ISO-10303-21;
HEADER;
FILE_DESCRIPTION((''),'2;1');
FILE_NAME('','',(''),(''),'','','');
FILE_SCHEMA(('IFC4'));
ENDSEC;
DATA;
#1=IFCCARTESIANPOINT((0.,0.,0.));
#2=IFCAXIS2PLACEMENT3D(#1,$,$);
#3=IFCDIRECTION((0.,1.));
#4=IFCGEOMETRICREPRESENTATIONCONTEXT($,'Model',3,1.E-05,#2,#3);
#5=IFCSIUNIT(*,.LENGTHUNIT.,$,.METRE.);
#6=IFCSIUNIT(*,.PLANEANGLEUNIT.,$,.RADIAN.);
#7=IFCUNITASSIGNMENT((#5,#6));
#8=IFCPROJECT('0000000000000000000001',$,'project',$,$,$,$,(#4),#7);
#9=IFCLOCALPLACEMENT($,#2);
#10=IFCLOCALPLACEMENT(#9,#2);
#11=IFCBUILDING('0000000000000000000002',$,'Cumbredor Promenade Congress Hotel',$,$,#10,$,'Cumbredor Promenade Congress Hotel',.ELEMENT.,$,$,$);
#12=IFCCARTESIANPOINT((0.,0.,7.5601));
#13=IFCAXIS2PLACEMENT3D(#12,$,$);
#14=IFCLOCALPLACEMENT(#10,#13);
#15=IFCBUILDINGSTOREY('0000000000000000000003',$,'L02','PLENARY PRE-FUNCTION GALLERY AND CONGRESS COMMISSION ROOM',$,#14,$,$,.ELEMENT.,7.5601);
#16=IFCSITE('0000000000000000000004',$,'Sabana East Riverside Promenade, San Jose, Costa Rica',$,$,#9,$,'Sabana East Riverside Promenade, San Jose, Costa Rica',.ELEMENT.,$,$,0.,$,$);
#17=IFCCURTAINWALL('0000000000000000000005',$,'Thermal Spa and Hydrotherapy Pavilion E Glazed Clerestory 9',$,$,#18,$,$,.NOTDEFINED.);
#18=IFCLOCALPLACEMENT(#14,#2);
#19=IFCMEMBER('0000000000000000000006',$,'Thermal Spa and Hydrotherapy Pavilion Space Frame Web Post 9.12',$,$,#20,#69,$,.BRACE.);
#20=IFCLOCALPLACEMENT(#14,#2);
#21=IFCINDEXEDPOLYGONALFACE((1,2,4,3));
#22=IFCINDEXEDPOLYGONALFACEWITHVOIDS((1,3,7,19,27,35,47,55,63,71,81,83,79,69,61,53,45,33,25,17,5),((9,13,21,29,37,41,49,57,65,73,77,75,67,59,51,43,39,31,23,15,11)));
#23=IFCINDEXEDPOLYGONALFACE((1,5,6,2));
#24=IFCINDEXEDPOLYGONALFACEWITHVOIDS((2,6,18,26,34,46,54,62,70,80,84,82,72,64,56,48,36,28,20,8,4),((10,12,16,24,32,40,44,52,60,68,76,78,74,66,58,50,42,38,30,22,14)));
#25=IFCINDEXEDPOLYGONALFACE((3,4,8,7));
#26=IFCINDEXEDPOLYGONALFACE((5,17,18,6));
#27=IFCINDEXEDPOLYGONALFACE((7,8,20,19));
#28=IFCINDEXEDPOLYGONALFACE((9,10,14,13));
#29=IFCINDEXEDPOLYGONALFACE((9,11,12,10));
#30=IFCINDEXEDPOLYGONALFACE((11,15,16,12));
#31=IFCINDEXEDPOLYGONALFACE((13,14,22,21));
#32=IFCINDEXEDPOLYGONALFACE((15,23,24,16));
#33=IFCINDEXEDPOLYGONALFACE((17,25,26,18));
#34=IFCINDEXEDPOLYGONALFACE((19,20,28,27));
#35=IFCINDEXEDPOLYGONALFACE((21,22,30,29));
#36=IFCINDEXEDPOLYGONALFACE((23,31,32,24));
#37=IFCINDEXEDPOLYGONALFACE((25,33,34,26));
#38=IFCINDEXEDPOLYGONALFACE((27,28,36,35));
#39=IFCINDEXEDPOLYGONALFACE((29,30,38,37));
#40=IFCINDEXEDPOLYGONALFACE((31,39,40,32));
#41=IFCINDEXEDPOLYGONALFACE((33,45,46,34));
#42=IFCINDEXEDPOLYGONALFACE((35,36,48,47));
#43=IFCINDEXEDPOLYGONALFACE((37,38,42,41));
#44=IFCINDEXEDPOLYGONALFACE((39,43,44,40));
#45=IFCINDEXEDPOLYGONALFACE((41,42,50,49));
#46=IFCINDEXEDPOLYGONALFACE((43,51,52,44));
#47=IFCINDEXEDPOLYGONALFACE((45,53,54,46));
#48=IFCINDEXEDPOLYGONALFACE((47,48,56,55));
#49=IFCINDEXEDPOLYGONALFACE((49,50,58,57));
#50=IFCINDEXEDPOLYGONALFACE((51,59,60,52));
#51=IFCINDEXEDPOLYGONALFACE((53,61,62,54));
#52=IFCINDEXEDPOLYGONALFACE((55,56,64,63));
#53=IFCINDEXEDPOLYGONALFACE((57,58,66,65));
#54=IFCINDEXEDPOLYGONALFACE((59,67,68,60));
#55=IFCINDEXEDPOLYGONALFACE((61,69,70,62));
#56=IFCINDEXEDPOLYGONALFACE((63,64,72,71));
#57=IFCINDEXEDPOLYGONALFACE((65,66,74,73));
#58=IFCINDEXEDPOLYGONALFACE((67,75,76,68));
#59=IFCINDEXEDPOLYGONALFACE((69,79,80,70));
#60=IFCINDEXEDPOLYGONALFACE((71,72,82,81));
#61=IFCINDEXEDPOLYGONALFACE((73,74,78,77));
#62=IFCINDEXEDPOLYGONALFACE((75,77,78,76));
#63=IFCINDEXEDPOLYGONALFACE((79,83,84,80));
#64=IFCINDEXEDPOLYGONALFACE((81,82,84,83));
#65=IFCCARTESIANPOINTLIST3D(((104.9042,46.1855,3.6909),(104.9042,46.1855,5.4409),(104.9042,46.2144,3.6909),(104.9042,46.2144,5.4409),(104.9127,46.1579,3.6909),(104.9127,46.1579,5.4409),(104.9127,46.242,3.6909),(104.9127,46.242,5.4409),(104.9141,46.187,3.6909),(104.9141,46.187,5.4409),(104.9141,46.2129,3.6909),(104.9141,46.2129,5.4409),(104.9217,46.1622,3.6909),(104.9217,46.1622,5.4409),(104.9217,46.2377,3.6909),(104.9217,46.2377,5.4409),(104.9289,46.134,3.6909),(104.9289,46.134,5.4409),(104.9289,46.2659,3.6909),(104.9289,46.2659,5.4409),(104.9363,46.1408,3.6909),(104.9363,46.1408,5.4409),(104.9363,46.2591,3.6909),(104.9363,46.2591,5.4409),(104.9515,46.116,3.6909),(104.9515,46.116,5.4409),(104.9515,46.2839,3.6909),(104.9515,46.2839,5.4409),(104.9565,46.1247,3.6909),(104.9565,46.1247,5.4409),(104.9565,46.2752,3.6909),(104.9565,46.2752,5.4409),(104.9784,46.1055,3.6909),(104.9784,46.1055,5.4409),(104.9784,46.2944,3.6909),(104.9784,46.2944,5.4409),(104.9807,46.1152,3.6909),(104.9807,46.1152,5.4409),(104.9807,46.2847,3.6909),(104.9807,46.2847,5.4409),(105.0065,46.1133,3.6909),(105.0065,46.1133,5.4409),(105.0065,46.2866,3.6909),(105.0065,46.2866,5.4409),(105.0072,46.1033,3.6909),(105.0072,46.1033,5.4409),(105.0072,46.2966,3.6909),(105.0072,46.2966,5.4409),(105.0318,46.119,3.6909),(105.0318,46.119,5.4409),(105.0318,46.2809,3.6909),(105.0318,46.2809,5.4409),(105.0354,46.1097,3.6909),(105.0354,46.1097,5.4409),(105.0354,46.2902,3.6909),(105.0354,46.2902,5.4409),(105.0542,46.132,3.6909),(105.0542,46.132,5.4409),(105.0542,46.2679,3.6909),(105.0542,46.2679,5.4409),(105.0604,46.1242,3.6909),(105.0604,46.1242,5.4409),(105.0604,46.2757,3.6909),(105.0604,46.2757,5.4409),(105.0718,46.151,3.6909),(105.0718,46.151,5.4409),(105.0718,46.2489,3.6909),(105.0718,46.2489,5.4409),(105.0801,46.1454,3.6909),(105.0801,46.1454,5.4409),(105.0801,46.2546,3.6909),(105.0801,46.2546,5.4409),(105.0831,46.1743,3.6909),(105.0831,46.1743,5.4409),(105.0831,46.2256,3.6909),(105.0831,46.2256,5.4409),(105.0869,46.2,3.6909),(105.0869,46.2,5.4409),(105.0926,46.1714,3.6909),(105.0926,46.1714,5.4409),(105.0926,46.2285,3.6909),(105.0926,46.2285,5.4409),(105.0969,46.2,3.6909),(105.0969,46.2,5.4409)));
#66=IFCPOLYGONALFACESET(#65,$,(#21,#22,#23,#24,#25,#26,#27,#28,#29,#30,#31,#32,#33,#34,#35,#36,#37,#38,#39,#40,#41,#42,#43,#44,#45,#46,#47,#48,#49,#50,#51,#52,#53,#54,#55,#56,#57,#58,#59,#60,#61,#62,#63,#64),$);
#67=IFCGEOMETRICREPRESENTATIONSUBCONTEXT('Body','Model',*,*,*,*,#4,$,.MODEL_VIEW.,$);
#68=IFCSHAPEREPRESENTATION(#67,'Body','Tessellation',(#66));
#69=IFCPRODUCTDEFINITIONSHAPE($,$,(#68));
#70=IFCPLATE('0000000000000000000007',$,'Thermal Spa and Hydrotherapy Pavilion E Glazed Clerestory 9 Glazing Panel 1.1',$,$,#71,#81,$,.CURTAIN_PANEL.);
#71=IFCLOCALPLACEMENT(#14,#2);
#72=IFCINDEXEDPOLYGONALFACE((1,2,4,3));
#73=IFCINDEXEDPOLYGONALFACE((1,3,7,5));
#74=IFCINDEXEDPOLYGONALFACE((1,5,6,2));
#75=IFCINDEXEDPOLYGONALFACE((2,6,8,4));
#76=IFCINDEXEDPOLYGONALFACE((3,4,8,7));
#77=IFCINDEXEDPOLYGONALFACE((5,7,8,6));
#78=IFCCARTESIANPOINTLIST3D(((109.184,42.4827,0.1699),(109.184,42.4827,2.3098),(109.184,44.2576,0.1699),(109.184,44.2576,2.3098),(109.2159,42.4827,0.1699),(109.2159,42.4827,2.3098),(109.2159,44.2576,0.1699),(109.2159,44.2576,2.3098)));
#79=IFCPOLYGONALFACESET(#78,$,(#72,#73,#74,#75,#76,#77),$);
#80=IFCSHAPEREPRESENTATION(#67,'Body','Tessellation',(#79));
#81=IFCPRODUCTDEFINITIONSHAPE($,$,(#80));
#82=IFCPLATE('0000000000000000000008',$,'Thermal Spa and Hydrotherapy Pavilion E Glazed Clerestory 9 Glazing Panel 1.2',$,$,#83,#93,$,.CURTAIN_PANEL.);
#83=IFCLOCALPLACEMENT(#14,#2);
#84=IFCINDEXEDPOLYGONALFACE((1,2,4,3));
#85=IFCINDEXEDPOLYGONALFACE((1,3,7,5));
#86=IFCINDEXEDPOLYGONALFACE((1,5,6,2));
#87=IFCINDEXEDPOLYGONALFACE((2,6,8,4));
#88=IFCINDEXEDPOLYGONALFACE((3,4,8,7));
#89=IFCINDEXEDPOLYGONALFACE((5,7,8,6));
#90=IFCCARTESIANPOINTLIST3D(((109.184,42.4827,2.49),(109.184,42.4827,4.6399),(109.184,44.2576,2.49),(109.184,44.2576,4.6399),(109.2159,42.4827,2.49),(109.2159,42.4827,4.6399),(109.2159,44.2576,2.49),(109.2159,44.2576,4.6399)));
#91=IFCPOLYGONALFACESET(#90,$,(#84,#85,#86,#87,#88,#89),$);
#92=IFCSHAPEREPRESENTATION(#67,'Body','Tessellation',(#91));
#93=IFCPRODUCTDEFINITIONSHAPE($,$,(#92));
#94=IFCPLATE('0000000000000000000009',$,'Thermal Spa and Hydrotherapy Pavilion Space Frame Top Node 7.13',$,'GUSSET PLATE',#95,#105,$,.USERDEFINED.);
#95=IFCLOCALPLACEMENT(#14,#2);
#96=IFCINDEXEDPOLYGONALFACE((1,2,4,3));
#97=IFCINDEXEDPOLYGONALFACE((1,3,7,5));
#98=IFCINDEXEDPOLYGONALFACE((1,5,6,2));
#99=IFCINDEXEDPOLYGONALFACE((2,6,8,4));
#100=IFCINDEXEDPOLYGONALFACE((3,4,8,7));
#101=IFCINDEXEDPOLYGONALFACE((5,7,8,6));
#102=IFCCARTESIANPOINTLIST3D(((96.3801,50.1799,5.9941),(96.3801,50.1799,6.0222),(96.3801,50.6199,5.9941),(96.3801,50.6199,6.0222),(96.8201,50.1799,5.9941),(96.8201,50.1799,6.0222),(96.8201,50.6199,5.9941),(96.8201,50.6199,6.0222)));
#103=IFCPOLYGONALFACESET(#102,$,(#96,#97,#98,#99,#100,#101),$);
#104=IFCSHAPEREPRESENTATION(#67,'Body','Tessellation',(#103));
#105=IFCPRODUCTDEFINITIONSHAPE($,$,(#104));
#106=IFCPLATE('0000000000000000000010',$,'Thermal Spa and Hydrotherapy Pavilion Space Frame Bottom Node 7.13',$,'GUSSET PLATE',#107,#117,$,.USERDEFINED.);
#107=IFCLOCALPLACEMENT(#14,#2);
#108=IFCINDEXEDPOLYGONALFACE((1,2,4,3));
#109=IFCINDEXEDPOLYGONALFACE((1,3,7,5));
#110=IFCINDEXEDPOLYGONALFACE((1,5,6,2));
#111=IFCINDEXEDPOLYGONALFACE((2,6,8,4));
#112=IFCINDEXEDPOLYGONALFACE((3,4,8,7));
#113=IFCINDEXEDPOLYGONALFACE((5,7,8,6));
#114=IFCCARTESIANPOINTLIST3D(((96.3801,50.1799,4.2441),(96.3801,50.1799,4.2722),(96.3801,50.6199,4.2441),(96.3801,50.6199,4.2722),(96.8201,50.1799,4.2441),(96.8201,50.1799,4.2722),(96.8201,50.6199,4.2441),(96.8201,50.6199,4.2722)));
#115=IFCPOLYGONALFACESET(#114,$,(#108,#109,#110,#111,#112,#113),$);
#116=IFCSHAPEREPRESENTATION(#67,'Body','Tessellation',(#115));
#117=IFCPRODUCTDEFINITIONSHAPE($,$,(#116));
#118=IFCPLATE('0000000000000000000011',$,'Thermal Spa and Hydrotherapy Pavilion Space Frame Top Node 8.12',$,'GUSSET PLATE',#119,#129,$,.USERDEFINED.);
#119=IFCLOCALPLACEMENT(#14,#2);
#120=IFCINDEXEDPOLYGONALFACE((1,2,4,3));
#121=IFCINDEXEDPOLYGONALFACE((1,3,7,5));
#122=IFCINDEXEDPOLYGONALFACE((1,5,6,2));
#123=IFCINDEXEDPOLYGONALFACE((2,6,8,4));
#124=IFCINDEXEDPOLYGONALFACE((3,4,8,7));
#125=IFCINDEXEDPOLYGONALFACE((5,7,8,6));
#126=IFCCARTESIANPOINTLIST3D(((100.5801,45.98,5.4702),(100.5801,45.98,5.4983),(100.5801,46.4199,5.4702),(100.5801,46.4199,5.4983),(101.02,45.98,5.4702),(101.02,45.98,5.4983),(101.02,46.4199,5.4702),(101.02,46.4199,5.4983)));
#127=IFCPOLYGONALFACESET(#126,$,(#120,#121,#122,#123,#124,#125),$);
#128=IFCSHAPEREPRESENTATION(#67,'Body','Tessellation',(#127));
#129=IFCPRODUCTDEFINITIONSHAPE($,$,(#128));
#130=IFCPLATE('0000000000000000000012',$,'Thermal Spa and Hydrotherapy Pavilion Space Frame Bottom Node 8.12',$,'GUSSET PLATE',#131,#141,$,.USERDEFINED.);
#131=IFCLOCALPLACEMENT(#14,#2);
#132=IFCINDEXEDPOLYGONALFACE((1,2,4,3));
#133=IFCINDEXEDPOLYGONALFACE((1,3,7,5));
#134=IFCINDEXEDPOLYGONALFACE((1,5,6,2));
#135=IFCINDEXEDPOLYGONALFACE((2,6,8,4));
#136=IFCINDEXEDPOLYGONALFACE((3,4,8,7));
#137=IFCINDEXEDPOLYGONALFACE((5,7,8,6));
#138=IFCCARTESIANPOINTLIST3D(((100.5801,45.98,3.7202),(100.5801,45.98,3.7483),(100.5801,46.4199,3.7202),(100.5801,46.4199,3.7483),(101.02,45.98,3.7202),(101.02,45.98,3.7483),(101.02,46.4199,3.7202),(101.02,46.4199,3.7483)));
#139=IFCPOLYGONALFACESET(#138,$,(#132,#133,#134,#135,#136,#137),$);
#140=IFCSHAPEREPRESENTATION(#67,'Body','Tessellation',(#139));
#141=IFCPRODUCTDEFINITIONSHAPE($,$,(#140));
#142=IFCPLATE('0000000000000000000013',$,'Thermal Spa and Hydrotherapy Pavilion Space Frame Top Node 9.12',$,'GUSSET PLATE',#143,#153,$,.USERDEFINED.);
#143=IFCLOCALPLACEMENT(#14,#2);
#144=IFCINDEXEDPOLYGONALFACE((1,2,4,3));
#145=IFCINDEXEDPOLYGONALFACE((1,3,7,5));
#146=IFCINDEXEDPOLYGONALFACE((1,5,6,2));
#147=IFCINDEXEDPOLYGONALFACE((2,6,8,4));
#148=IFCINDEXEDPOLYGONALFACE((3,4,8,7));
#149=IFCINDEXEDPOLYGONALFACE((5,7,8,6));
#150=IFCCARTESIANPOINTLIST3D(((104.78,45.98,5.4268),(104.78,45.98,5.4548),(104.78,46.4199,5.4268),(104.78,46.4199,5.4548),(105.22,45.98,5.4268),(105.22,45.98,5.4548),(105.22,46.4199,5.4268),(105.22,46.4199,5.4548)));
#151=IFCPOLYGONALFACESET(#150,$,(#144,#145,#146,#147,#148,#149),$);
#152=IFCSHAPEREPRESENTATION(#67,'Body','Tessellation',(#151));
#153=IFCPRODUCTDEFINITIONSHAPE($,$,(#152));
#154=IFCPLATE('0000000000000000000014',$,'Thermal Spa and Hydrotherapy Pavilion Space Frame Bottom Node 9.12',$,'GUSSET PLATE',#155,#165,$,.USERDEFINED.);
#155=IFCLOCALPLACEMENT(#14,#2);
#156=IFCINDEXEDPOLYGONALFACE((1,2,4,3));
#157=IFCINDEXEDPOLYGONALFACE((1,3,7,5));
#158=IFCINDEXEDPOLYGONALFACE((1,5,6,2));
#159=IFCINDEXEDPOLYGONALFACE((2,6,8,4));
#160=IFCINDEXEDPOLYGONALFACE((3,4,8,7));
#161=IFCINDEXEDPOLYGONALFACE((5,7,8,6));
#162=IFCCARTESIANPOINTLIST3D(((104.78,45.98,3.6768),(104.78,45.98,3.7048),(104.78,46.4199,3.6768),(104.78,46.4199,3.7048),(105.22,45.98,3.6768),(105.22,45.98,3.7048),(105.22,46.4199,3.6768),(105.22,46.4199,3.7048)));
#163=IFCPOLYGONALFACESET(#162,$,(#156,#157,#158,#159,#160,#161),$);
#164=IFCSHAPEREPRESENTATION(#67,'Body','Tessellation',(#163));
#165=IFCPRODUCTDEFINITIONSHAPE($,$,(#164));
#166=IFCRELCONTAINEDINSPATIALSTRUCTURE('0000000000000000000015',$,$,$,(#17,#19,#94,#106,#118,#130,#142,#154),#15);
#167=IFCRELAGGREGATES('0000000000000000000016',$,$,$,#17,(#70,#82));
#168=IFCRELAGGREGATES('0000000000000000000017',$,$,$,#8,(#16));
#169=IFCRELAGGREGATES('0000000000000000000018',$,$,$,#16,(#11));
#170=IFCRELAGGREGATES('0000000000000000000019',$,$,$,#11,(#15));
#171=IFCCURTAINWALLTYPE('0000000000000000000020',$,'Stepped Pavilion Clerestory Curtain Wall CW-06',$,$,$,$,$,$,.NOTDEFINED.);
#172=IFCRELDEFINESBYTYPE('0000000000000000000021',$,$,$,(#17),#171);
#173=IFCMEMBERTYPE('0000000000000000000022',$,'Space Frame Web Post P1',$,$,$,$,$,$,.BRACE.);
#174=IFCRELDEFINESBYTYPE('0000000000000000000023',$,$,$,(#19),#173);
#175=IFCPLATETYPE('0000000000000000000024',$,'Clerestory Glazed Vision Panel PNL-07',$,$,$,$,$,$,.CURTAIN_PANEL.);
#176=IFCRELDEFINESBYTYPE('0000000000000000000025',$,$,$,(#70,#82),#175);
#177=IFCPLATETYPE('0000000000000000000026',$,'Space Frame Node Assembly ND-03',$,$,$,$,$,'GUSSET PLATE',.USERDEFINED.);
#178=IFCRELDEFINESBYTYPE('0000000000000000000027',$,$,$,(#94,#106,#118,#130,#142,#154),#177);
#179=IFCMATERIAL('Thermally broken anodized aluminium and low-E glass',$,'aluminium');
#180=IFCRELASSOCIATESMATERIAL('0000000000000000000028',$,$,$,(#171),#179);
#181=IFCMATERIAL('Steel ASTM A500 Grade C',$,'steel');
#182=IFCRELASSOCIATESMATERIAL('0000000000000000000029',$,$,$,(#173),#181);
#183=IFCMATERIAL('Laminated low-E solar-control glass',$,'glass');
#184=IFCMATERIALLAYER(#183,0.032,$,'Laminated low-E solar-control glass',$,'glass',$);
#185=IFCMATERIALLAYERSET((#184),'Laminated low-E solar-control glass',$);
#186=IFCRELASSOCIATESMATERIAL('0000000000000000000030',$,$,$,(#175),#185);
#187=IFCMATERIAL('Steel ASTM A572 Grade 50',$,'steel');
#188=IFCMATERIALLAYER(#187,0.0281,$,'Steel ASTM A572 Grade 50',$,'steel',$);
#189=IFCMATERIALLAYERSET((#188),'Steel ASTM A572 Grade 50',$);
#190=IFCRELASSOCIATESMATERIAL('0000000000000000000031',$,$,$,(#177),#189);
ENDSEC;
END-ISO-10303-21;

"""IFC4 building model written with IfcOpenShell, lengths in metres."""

from ifc_helpers import new_model, si_unit, direction, frame, origin, origin_2d, place, context, subcontext, project, spatial, rectangle, hollow_circle, extrude, material, layer, layer_set, material_profile, profile_set, type_object, element, aggregate, save


model = new_model("IFC4")

# Units and contexts
model_context = context("Model", 3, precision=1e-05, world=origin(), true_north=direction((0.0, 1.0)))
body_context = subcontext(model_context, "Body", "Model", "MODEL_VIEW")
ifc_project = project(units=[si_unit("LENGTHUNIT", "METRE"), si_unit("PLANEANGLEUNIT", "RADIAN")], contexts=[model_context])

# Site, building, storey
site_placement = place(None, origin())
site = spatial("IfcSite", under=ifc_project, at=site_placement, Name="Sabana East Riverside Promenade, San Jose, Costa Rica", LongName="Sabana East Riverside Promenade, San Jose, Costa Rica", CompositionType="ELEMENT", RefElevation=0.0)
building_placement = place(site_placement, origin())
building = spatial("IfcBuilding", under=site, at=building_placement, Name="Cumbredor Promenade Congress Hotel", LongName="Cumbredor Promenade Congress Hotel", CompositionType="ELEMENT")
storey_placement = place(building_placement, frame((0.0, 0.0, 7.5601)))
storey = spatial("IfcBuildingStorey", under=building, at=storey_placement, Name="L02", Description="PLENARY PRE-FUNCTION GALLERY AND CONGRESS COMMISSION ROOM", CompositionType="ELEMENT", Elevation=7.5601)

# Curtain wall
ifc_material_1 = material(Name="Thermally broken anodized aluminium and low-E glass", Category="aluminium")
curtain_wall_type = type_object("IfcCurtainWallType", Name="Stepped Pavilion Clerestory Curtain Wall CW-06", PredefinedType="NOTDEFINED", material=ifc_material_1)
curtain_wall_placement = place(storey_placement, origin())
curtain_wall = element("IfcCurtainWall", 1, at=curtain_wall_placement, inside=storey, type_object=curtain_wall_type, Name="Thermal Spa and Hydrotherapy Pavilion E Glazed Clerestory 9", PredefinedType="NOTDEFINED")

# Member
ifc_material_2 = material(Name="Steel ASTM A500 Grade C", Category="steel")
ifc_material_profile_1 = material_profile(ifc_material_2, hollow_circle(Radius=0.0969, WallThickness=0.01, at=origin_2d()), Name="CHS 193.7x10")
ifc_profile_set_1 = profile_set([ifc_material_profile_1], Name="Steel ASTM A500 Grade C")
member_type_1 = type_object("IfcMemberType", Name="Space Frame Web Post P1", PredefinedType="BRACE", material=ifc_profile_set_1)
for number, where, z_axis, x_axis, name in (
    (2, (105.0, 46.2, 3.6909), (0.0, 0.0, 1.0), (1.0, 0.0, 0.0), "Thermal Spa and Hydrotherapy Pavilion Space Frame Web Post 9.12"),
):
    element("IfcMember", number, at=place(storey_placement, frame(where, z_axis=z_axis, x_axis=x_axis)), inside=storey, type_object=member_type_1, Name=name, PredefinedType="BRACE", context=body_context, shape_type="SweptSolid", body=[
        extrude(hollow_circle(Radius=0.0969, WallThickness=0.01, at=origin_2d()), origin(), (0.0, 0.0, 1.0), 1.75),
    ])

# Plates
ifc_material_3 = material(Name="Laminated low-E solar-control glass", Category="glass")
ifc_layer_1 = layer(ifc_material_3, 0.032, Name="Laminated low-E solar-control glass", Category="glass")
ifc_layer_set_1 = layer_set([ifc_layer_1], Name="Laminated low-E solar-control glass")
plate_type_1 = type_object("IfcPlateType", Name="Clerestory Glazed Vision Panel PNL-07", PredefinedType="CURTAIN_PANEL", material=ifc_layer_set_1)
plate_1_placement = place(storey_placement, frame((109.2, 43.3701, 0.1699), z_axis=(0.0, 0.0, 1.0), x_axis=(0.0, 1.0, 0.0)))
plate_1 = element("IfcPlate", 3, at=plate_1_placement, type_object=plate_type_1, Name="Thermal Spa and Hydrotherapy Pavilion E Glazed Clerestory 9 Glazing Panel 1.1", PredefinedType="CURTAIN_PANEL", context=body_context, shape_type="SweptSolid", body=[
    extrude(rectangle(XDim=1.7749, YDim=0.032, at=origin_2d()), origin(), (0.0, 0.0, 1.0), 2.1399),
])
plate_2_placement = place(storey_placement, frame((109.2, 43.3701, 2.49), z_axis=(0.0, 0.0, 1.0), x_axis=(0.0, 1.0, 0.0)))
plate_2 = element("IfcPlate", 4, at=plate_2_placement, type_object=plate_type_1, Name="Thermal Spa and Hydrotherapy Pavilion E Glazed Clerestory 9 Glazing Panel 1.2", PredefinedType="CURTAIN_PANEL", context=body_context, shape_type="SweptSolid", body=[
    extrude(rectangle(XDim=1.7749, YDim=0.032, at=origin_2d()), origin(), (0.0, 0.0, 1.0), 2.1499),
])
aggregate(curtain_wall, [plate_1, plate_2])

# Plates
ifc_material_4 = material(Name="Steel ASTM A572 Grade 50", Category="steel")
ifc_layer_2 = layer(ifc_material_4, 0.0281, Name="Steel ASTM A572 Grade 50", Category="steel")
ifc_layer_set_2 = layer_set([ifc_layer_2], Name="Steel ASTM A572 Grade 50")
plate_type_2 = type_object("IfcPlateType", Name="Space Frame Node Assembly ND-03", ElementType="GUSSET PLATE", PredefinedType="USERDEFINED", material=ifc_layer_set_2)
for number, where, z_axis, x_axis, name in (
    (5, (96.6001, 50.3999, 5.9941), (0.0, 0.0, 1.0), (1.0, 0.0, 0.0), "Thermal Spa and Hydrotherapy Pavilion Space Frame Top Node 7.13"),
    (6, (96.6001, 50.3999, 4.2441), (0.0, 0.0, 1.0), (1.0, 0.0, 0.0), "Thermal Spa and Hydrotherapy Pavilion Space Frame Bottom Node 7.13"),
    (7, (100.8, 46.2, 5.4702), (0.0, 0.0, 1.0), (1.0, 0.0, 0.0), "Thermal Spa and Hydrotherapy Pavilion Space Frame Top Node 8.12"),
    (8, (100.8, 46.2, 3.7202), (0.0, 0.0, 1.0), (1.0, 0.0, 0.0), "Thermal Spa and Hydrotherapy Pavilion Space Frame Bottom Node 8.12"),
    (9, (105.0, 46.2, 5.4268), (0.0, 0.0, 1.0), (1.0, 0.0, 0.0), "Thermal Spa and Hydrotherapy Pavilion Space Frame Top Node 9.12"),
    (10, (105.0, 46.2, 3.6768), (0.0, 0.0, 1.0), (1.0, 0.0, 0.0), "Thermal Spa and Hydrotherapy Pavilion Space Frame Bottom Node 9.12"),
):
    element("IfcPlate", number, at=place(storey_placement, frame(where, z_axis=z_axis, x_axis=x_axis)), inside=storey, type_object=plate_type_2, Name=name, ObjectType="GUSSET PLATE", PredefinedType="USERDEFINED", context=body_context, shape_type="SweptSolid", body=[
        extrude(rectangle(XDim=0.4399, YDim=0.4399, at=origin_2d()), origin(), (0.0, 0.0, 1.0), 0.0281),
    ])

save(model, "model.ifc")
